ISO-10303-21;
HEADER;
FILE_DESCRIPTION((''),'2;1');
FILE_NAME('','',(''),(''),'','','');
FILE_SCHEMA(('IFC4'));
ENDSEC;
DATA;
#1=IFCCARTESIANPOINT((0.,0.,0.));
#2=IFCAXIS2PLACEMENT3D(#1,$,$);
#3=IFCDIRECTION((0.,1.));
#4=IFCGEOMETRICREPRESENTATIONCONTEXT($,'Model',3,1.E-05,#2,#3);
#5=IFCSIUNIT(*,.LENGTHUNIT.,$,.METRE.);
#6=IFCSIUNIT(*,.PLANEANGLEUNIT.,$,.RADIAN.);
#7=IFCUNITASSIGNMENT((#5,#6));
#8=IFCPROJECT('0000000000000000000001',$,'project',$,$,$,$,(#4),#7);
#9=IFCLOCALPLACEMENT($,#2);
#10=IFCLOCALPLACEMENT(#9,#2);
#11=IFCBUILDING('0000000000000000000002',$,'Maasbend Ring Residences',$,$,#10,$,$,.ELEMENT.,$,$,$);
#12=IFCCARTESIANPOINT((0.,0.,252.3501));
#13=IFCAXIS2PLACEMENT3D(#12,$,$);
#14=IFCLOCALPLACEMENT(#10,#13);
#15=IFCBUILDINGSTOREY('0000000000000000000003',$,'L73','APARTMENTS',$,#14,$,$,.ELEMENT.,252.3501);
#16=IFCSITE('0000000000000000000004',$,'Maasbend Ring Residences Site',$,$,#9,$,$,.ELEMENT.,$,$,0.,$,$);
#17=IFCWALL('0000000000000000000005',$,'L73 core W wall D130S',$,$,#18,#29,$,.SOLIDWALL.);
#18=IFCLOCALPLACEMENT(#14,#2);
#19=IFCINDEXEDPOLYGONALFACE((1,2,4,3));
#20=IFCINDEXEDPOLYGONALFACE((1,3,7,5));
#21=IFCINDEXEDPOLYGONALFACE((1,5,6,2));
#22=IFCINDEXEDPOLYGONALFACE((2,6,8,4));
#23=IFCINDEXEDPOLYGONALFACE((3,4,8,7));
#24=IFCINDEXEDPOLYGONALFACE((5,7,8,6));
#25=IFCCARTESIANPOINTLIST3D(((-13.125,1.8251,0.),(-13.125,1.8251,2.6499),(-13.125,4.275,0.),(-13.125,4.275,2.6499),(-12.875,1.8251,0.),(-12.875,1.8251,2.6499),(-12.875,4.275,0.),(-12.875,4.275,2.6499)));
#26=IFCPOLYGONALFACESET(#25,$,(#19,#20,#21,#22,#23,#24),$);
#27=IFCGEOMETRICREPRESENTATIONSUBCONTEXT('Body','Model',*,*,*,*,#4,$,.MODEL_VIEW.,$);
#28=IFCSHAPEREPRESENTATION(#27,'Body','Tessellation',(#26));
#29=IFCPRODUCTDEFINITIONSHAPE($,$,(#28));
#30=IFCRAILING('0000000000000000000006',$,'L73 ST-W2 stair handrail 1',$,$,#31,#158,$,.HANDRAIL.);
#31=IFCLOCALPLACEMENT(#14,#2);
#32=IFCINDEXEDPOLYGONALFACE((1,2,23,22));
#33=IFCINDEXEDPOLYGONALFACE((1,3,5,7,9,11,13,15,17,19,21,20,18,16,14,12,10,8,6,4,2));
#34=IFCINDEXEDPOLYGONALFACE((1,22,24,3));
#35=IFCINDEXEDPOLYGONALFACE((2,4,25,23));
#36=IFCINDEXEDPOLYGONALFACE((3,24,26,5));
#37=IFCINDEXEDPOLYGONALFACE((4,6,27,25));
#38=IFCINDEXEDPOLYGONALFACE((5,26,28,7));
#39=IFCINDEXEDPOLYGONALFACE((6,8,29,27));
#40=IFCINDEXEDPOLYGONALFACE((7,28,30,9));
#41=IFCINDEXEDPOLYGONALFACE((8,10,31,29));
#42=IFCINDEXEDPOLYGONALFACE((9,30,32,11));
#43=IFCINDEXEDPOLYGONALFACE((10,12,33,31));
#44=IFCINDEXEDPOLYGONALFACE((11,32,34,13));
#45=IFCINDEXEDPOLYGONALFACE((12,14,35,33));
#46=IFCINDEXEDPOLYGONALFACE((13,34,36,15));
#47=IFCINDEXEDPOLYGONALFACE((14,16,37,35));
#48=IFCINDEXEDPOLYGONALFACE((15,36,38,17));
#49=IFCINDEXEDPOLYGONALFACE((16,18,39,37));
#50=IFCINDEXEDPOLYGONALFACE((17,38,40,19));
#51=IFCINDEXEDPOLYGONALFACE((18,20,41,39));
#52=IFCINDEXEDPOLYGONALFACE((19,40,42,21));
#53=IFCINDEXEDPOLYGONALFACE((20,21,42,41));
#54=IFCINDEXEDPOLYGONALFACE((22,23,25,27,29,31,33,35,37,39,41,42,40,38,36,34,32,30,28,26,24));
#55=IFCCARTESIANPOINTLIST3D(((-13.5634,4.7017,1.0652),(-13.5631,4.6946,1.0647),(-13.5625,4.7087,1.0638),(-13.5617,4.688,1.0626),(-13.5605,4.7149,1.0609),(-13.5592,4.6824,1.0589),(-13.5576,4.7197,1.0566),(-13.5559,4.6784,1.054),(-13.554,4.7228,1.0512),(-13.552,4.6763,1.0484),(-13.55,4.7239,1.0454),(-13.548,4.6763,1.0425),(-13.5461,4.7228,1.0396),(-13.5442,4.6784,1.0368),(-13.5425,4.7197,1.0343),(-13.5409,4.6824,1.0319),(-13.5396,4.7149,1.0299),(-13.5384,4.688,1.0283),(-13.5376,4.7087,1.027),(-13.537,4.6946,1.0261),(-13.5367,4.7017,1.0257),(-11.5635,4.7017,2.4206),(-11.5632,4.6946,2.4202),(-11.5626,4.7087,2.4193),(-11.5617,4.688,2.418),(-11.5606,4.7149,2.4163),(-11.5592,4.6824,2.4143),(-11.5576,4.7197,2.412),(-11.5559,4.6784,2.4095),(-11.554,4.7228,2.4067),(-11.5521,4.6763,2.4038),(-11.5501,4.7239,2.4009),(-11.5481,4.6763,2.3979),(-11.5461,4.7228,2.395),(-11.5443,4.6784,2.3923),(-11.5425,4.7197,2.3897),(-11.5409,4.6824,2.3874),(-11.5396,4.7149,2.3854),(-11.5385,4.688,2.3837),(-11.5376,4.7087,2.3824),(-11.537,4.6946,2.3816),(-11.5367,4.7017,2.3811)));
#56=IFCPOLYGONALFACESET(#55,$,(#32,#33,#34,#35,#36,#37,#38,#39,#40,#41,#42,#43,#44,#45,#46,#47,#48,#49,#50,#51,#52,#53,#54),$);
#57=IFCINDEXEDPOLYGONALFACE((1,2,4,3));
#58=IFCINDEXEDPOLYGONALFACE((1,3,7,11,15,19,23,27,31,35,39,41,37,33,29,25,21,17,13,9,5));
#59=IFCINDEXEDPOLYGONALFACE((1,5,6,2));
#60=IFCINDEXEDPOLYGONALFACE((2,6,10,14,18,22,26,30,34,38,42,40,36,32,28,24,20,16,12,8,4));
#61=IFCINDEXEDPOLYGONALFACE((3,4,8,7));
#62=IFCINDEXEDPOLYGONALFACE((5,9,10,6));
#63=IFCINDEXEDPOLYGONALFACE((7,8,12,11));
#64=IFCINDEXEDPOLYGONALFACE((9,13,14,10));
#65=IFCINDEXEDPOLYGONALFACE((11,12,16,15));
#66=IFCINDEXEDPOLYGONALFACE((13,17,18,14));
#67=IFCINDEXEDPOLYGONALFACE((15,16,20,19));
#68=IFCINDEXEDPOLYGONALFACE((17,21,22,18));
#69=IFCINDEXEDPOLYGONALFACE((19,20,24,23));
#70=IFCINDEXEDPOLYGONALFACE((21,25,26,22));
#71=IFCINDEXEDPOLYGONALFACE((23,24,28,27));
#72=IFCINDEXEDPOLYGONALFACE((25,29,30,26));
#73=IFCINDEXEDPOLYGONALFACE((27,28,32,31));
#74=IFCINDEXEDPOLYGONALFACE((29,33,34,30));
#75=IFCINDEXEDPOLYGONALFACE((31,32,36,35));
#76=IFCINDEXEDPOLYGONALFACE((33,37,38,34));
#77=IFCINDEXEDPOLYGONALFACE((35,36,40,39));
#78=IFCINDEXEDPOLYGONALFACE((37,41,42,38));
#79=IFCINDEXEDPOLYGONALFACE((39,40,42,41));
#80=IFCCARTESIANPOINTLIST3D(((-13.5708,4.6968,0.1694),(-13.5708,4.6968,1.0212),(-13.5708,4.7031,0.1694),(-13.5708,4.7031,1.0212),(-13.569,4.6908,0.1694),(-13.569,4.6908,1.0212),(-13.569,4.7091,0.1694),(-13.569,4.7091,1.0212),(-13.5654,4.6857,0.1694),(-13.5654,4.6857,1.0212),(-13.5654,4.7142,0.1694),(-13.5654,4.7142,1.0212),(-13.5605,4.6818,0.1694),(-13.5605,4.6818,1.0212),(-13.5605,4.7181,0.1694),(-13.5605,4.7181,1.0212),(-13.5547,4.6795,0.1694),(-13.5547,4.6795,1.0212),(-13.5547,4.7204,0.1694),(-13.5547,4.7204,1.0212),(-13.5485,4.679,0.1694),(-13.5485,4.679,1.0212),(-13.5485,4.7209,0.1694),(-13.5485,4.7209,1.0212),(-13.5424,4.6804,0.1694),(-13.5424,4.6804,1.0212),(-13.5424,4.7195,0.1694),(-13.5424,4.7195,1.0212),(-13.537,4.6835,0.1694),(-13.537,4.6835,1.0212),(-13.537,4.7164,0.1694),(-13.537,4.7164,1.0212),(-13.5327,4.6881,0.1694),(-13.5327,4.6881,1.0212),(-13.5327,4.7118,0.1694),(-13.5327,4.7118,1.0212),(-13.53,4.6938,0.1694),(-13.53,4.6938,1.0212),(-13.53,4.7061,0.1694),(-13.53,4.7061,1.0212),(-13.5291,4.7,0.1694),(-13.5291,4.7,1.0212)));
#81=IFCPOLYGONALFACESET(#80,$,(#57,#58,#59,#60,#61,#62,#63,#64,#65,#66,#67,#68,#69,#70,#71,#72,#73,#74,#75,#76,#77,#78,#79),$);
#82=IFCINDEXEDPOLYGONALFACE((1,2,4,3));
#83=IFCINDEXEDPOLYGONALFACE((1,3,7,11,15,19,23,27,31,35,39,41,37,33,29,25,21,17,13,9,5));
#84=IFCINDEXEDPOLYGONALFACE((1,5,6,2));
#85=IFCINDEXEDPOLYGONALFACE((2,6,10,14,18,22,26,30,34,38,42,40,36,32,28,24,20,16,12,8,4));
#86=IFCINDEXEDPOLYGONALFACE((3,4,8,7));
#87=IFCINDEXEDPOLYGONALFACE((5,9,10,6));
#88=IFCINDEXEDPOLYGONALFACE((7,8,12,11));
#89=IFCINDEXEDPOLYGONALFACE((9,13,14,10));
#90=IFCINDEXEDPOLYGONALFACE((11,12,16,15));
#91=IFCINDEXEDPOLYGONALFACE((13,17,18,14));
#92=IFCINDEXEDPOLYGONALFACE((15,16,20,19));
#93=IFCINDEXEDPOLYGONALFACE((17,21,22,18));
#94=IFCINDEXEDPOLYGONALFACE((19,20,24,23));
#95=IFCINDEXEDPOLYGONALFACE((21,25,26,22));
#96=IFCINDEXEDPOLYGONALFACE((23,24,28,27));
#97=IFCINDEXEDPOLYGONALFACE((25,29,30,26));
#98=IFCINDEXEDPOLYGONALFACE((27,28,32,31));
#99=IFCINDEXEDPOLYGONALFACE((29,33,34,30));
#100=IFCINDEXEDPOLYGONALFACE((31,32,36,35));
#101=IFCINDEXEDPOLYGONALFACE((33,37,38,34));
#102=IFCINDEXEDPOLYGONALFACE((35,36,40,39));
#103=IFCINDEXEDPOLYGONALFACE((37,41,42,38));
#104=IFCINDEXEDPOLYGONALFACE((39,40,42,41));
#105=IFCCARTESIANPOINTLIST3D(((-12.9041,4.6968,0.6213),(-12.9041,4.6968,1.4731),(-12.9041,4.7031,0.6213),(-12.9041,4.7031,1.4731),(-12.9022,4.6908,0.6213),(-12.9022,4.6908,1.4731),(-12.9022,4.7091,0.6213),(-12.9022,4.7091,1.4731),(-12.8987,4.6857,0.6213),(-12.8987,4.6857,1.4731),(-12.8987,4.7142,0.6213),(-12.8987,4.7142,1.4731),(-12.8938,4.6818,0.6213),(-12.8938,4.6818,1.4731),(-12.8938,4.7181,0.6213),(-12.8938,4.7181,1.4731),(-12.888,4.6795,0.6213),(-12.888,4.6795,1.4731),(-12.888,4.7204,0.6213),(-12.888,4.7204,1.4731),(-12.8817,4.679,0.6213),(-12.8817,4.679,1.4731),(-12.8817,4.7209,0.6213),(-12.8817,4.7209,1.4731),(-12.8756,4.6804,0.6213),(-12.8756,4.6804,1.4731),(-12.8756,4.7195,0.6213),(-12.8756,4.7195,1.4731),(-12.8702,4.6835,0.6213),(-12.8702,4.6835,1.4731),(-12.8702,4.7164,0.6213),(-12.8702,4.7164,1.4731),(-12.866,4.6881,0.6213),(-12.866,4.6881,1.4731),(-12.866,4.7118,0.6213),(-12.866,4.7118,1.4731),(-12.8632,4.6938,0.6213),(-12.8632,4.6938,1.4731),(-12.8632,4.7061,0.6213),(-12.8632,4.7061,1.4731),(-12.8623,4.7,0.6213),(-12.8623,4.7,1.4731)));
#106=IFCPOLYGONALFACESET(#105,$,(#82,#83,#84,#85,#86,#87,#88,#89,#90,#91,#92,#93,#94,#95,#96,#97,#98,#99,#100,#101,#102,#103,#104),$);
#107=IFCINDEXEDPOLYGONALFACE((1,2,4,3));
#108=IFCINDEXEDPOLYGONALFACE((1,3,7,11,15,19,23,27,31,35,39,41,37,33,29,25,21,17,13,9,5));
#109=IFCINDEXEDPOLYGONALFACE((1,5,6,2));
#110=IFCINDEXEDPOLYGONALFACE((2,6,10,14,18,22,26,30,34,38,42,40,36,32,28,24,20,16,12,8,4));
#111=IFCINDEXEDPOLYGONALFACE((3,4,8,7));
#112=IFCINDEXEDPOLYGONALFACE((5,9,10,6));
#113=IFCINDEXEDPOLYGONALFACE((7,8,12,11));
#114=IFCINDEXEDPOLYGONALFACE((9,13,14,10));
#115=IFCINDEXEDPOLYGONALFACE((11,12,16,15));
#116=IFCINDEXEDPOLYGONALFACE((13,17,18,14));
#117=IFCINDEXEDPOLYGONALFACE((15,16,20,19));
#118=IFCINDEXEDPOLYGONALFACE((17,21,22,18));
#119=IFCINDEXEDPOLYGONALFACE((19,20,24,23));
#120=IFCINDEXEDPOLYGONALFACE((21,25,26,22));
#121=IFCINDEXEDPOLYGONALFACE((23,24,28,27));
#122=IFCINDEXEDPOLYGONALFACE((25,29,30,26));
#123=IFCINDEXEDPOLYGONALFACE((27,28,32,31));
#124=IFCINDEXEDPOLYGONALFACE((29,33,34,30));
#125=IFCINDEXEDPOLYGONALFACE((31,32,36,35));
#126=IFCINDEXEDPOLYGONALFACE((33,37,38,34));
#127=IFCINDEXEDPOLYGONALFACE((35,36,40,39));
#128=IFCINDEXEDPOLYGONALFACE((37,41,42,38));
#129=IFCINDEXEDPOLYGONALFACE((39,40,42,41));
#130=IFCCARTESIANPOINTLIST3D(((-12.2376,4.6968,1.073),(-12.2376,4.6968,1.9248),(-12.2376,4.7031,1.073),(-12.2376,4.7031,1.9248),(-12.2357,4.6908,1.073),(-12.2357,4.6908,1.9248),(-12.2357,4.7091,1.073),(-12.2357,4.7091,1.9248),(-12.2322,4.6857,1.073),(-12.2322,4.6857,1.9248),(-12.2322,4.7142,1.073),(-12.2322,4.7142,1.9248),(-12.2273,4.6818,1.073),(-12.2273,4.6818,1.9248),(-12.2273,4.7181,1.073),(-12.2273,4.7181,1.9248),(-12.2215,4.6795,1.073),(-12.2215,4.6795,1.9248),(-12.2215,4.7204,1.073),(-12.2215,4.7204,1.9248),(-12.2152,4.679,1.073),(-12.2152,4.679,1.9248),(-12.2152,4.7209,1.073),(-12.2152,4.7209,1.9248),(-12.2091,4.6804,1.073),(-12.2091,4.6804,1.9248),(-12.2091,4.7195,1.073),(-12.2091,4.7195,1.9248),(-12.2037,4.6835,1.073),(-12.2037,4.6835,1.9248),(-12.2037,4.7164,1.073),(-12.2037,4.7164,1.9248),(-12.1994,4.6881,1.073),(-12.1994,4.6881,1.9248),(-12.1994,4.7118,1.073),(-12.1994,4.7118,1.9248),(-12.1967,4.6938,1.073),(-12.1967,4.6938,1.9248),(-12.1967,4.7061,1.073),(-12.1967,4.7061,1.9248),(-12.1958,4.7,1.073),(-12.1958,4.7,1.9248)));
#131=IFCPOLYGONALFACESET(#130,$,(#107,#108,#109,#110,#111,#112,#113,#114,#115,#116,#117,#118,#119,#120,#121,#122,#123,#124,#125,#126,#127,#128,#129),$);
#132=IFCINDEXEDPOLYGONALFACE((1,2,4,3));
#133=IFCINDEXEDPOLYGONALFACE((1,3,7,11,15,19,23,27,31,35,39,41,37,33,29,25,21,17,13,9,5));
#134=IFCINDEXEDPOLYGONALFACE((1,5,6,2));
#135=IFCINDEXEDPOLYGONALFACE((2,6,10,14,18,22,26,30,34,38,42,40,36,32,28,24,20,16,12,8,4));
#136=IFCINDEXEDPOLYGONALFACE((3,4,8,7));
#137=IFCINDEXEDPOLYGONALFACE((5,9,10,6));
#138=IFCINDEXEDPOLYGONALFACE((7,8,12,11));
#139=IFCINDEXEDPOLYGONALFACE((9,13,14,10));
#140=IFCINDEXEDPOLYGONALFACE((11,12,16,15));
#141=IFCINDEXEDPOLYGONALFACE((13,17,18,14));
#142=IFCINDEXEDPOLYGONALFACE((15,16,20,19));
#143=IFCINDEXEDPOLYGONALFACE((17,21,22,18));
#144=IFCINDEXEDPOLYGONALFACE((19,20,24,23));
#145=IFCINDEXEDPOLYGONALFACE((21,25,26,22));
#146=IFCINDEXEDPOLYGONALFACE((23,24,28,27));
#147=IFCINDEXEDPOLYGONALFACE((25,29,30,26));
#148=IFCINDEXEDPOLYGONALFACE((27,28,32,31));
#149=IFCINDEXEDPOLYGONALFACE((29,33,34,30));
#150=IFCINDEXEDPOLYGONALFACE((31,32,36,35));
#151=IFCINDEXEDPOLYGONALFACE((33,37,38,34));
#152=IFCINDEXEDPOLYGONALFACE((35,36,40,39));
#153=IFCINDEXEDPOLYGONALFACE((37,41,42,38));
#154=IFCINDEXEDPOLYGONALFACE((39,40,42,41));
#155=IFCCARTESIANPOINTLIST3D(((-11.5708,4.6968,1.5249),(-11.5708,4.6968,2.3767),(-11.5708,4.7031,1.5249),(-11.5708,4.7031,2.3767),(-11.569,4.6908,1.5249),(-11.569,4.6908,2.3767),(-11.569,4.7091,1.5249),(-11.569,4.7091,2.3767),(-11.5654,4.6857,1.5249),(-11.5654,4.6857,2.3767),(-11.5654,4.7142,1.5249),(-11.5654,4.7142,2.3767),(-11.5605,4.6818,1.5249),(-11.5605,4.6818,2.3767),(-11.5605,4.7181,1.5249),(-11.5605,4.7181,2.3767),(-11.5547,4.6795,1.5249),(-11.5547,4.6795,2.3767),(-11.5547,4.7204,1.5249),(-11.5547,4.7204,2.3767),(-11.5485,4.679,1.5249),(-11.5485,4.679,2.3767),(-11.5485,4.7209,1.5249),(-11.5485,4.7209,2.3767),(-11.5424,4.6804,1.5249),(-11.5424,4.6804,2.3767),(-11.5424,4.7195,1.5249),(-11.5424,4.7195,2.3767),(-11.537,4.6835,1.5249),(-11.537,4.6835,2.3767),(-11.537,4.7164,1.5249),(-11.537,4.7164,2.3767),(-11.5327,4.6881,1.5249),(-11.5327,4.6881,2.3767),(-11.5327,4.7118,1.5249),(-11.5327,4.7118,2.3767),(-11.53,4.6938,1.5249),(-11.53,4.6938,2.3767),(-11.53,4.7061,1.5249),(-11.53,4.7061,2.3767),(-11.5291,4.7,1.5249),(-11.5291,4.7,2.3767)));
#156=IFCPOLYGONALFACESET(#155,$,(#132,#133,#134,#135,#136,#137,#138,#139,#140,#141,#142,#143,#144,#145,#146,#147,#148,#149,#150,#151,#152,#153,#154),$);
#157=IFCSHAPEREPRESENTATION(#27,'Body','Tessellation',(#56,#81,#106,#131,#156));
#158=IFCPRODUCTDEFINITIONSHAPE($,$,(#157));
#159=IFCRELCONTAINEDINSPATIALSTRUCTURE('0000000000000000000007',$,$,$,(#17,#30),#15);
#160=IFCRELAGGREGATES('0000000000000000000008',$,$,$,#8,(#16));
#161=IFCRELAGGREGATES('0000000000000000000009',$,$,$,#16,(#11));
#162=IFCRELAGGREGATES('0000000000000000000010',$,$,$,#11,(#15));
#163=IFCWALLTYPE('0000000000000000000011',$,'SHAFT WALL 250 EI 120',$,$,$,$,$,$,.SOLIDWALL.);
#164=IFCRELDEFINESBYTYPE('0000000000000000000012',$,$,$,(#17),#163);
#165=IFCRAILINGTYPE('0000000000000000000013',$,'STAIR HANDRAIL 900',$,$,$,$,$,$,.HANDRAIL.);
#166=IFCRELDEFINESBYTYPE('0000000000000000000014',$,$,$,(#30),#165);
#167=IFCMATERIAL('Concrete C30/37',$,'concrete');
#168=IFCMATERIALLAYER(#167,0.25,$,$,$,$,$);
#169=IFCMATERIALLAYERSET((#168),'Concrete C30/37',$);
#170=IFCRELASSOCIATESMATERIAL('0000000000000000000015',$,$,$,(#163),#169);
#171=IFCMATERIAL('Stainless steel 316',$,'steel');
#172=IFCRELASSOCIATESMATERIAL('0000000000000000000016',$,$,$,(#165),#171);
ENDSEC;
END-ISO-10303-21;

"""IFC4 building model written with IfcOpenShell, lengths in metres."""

from ifc_helpers import new_model, si_unit, direction, frame, frame_2d, origin, origin_2d, place, context, subcontext, project, spatial, rectangle, circle, extrude, material, layer, layer_set, type_object, element, save


model = new_model("IFC4")

# Units and contexts
model_context = context("Model", 3, precision=1e-05, world=origin(), true_north=direction((0.0, 1.0)))
body_context = subcontext(model_context, "Body", "Model", "MODEL_VIEW")
ifc_project = project(units=[si_unit("LENGTHUNIT", "METRE"), si_unit("PLANEANGLEUNIT", "RADIAN")], contexts=[model_context])

# Site, building, storey
site_placement = place(None, origin())
site = spatial("IfcSite", under=ifc_project, at=site_placement, Name="Maasbend Ring Residences Site", CompositionType="ELEMENT", RefElevation=0.0)
building_placement = place(site_placement, origin())
building = spatial("IfcBuilding", under=site, at=building_placement, Name="Maasbend Ring Residences", CompositionType="ELEMENT")
storey_placement = place(building_placement, frame((0.0, 0.0, 252.3501)))
storey = spatial("IfcBuildingStorey", under=building, at=storey_placement, Name="L73", Description="APARTMENTS", CompositionType="ELEMENT", Elevation=252.3501)

# Wall
ifc_material_1 = material(Name="Concrete C30/37", Category="concrete")
ifc_layer_1 = layer(ifc_material_1, 0.25)
ifc_layer_set_1 = layer_set([ifc_layer_1], Name="Concrete C30/37")
wall_type_1 = type_object("IfcWallType", Name="SHAFT WALL 250 EI 120", PredefinedType="SOLIDWALL", material=ifc_layer_set_1)
for number, where, z_axis, x_axis, name in (
    (1, (-13.0, 1.825, 0.0), (0.0, 0.0, 1.0), (0.0, 1.0, 0.0), "L73 core W wall D130S"),
):
    element("IfcWall", number, at=place(storey_placement, frame(where, z_axis=z_axis, x_axis=x_axis)), inside=storey, type_object=wall_type_1, Name=name, PredefinedType="SOLIDWALL", context=body_context, shape_type="SweptSolid", body=[
        extrude(rectangle(XDim=2.45, YDim=0.25, at=frame_2d((1.2251, 0.0))), origin(), (0.0, 0.0, 1.0), 2.6499),
    ])

# Railing
ifc_material_2 = material(Name="Stainless steel 316", Category="steel")
railing_type_1 = type_object("IfcRailingType", Name="STAIR HANDRAIL 900", PredefinedType="HANDRAIL", material=ifc_material_2)
railing_1_placement = place(storey_placement, frame((-13.55, 4.7, 0.1694)))
element("IfcRailing", 2, at=railing_1_placement, inside=storey, type_object=railing_type_1, Name="L73 ST-W2 stair handrail 1", PredefinedType="HANDRAIL", context=body_context, shape_type="SweptSolid", body=[
    extrude(circle(Radius=0.0239, at=origin_2d()), frame((0.0, 0.0, 0.876), z_axis=(0.827798, 0.0, 0.561027), x_axis=(0.0, 1.0, 0.0)), (0.0, 0.0, 1.0), 2.416),
    extrude(circle(Radius=0.021, at=origin_2d()), origin(), (0.0, 0.0, 1.0), 0.8518),
    extrude(circle(Radius=0.021, at=origin_2d()), frame((0.6667, 0.0, 0.4519)), (0.0, 0.0, 1.0), 0.8518),
    extrude(circle(Radius=0.021, at=origin_2d()), frame((1.3333, 0.0, 0.9036)), (0.0, 0.0, 1.0), 0.8518),
    extrude(circle(Radius=0.021, at=origin_2d()), frame((2.0, 0.0, 1.3555)), (0.0, 0.0, 1.0), 0.8518),
])

save(model, "model.ifc")
